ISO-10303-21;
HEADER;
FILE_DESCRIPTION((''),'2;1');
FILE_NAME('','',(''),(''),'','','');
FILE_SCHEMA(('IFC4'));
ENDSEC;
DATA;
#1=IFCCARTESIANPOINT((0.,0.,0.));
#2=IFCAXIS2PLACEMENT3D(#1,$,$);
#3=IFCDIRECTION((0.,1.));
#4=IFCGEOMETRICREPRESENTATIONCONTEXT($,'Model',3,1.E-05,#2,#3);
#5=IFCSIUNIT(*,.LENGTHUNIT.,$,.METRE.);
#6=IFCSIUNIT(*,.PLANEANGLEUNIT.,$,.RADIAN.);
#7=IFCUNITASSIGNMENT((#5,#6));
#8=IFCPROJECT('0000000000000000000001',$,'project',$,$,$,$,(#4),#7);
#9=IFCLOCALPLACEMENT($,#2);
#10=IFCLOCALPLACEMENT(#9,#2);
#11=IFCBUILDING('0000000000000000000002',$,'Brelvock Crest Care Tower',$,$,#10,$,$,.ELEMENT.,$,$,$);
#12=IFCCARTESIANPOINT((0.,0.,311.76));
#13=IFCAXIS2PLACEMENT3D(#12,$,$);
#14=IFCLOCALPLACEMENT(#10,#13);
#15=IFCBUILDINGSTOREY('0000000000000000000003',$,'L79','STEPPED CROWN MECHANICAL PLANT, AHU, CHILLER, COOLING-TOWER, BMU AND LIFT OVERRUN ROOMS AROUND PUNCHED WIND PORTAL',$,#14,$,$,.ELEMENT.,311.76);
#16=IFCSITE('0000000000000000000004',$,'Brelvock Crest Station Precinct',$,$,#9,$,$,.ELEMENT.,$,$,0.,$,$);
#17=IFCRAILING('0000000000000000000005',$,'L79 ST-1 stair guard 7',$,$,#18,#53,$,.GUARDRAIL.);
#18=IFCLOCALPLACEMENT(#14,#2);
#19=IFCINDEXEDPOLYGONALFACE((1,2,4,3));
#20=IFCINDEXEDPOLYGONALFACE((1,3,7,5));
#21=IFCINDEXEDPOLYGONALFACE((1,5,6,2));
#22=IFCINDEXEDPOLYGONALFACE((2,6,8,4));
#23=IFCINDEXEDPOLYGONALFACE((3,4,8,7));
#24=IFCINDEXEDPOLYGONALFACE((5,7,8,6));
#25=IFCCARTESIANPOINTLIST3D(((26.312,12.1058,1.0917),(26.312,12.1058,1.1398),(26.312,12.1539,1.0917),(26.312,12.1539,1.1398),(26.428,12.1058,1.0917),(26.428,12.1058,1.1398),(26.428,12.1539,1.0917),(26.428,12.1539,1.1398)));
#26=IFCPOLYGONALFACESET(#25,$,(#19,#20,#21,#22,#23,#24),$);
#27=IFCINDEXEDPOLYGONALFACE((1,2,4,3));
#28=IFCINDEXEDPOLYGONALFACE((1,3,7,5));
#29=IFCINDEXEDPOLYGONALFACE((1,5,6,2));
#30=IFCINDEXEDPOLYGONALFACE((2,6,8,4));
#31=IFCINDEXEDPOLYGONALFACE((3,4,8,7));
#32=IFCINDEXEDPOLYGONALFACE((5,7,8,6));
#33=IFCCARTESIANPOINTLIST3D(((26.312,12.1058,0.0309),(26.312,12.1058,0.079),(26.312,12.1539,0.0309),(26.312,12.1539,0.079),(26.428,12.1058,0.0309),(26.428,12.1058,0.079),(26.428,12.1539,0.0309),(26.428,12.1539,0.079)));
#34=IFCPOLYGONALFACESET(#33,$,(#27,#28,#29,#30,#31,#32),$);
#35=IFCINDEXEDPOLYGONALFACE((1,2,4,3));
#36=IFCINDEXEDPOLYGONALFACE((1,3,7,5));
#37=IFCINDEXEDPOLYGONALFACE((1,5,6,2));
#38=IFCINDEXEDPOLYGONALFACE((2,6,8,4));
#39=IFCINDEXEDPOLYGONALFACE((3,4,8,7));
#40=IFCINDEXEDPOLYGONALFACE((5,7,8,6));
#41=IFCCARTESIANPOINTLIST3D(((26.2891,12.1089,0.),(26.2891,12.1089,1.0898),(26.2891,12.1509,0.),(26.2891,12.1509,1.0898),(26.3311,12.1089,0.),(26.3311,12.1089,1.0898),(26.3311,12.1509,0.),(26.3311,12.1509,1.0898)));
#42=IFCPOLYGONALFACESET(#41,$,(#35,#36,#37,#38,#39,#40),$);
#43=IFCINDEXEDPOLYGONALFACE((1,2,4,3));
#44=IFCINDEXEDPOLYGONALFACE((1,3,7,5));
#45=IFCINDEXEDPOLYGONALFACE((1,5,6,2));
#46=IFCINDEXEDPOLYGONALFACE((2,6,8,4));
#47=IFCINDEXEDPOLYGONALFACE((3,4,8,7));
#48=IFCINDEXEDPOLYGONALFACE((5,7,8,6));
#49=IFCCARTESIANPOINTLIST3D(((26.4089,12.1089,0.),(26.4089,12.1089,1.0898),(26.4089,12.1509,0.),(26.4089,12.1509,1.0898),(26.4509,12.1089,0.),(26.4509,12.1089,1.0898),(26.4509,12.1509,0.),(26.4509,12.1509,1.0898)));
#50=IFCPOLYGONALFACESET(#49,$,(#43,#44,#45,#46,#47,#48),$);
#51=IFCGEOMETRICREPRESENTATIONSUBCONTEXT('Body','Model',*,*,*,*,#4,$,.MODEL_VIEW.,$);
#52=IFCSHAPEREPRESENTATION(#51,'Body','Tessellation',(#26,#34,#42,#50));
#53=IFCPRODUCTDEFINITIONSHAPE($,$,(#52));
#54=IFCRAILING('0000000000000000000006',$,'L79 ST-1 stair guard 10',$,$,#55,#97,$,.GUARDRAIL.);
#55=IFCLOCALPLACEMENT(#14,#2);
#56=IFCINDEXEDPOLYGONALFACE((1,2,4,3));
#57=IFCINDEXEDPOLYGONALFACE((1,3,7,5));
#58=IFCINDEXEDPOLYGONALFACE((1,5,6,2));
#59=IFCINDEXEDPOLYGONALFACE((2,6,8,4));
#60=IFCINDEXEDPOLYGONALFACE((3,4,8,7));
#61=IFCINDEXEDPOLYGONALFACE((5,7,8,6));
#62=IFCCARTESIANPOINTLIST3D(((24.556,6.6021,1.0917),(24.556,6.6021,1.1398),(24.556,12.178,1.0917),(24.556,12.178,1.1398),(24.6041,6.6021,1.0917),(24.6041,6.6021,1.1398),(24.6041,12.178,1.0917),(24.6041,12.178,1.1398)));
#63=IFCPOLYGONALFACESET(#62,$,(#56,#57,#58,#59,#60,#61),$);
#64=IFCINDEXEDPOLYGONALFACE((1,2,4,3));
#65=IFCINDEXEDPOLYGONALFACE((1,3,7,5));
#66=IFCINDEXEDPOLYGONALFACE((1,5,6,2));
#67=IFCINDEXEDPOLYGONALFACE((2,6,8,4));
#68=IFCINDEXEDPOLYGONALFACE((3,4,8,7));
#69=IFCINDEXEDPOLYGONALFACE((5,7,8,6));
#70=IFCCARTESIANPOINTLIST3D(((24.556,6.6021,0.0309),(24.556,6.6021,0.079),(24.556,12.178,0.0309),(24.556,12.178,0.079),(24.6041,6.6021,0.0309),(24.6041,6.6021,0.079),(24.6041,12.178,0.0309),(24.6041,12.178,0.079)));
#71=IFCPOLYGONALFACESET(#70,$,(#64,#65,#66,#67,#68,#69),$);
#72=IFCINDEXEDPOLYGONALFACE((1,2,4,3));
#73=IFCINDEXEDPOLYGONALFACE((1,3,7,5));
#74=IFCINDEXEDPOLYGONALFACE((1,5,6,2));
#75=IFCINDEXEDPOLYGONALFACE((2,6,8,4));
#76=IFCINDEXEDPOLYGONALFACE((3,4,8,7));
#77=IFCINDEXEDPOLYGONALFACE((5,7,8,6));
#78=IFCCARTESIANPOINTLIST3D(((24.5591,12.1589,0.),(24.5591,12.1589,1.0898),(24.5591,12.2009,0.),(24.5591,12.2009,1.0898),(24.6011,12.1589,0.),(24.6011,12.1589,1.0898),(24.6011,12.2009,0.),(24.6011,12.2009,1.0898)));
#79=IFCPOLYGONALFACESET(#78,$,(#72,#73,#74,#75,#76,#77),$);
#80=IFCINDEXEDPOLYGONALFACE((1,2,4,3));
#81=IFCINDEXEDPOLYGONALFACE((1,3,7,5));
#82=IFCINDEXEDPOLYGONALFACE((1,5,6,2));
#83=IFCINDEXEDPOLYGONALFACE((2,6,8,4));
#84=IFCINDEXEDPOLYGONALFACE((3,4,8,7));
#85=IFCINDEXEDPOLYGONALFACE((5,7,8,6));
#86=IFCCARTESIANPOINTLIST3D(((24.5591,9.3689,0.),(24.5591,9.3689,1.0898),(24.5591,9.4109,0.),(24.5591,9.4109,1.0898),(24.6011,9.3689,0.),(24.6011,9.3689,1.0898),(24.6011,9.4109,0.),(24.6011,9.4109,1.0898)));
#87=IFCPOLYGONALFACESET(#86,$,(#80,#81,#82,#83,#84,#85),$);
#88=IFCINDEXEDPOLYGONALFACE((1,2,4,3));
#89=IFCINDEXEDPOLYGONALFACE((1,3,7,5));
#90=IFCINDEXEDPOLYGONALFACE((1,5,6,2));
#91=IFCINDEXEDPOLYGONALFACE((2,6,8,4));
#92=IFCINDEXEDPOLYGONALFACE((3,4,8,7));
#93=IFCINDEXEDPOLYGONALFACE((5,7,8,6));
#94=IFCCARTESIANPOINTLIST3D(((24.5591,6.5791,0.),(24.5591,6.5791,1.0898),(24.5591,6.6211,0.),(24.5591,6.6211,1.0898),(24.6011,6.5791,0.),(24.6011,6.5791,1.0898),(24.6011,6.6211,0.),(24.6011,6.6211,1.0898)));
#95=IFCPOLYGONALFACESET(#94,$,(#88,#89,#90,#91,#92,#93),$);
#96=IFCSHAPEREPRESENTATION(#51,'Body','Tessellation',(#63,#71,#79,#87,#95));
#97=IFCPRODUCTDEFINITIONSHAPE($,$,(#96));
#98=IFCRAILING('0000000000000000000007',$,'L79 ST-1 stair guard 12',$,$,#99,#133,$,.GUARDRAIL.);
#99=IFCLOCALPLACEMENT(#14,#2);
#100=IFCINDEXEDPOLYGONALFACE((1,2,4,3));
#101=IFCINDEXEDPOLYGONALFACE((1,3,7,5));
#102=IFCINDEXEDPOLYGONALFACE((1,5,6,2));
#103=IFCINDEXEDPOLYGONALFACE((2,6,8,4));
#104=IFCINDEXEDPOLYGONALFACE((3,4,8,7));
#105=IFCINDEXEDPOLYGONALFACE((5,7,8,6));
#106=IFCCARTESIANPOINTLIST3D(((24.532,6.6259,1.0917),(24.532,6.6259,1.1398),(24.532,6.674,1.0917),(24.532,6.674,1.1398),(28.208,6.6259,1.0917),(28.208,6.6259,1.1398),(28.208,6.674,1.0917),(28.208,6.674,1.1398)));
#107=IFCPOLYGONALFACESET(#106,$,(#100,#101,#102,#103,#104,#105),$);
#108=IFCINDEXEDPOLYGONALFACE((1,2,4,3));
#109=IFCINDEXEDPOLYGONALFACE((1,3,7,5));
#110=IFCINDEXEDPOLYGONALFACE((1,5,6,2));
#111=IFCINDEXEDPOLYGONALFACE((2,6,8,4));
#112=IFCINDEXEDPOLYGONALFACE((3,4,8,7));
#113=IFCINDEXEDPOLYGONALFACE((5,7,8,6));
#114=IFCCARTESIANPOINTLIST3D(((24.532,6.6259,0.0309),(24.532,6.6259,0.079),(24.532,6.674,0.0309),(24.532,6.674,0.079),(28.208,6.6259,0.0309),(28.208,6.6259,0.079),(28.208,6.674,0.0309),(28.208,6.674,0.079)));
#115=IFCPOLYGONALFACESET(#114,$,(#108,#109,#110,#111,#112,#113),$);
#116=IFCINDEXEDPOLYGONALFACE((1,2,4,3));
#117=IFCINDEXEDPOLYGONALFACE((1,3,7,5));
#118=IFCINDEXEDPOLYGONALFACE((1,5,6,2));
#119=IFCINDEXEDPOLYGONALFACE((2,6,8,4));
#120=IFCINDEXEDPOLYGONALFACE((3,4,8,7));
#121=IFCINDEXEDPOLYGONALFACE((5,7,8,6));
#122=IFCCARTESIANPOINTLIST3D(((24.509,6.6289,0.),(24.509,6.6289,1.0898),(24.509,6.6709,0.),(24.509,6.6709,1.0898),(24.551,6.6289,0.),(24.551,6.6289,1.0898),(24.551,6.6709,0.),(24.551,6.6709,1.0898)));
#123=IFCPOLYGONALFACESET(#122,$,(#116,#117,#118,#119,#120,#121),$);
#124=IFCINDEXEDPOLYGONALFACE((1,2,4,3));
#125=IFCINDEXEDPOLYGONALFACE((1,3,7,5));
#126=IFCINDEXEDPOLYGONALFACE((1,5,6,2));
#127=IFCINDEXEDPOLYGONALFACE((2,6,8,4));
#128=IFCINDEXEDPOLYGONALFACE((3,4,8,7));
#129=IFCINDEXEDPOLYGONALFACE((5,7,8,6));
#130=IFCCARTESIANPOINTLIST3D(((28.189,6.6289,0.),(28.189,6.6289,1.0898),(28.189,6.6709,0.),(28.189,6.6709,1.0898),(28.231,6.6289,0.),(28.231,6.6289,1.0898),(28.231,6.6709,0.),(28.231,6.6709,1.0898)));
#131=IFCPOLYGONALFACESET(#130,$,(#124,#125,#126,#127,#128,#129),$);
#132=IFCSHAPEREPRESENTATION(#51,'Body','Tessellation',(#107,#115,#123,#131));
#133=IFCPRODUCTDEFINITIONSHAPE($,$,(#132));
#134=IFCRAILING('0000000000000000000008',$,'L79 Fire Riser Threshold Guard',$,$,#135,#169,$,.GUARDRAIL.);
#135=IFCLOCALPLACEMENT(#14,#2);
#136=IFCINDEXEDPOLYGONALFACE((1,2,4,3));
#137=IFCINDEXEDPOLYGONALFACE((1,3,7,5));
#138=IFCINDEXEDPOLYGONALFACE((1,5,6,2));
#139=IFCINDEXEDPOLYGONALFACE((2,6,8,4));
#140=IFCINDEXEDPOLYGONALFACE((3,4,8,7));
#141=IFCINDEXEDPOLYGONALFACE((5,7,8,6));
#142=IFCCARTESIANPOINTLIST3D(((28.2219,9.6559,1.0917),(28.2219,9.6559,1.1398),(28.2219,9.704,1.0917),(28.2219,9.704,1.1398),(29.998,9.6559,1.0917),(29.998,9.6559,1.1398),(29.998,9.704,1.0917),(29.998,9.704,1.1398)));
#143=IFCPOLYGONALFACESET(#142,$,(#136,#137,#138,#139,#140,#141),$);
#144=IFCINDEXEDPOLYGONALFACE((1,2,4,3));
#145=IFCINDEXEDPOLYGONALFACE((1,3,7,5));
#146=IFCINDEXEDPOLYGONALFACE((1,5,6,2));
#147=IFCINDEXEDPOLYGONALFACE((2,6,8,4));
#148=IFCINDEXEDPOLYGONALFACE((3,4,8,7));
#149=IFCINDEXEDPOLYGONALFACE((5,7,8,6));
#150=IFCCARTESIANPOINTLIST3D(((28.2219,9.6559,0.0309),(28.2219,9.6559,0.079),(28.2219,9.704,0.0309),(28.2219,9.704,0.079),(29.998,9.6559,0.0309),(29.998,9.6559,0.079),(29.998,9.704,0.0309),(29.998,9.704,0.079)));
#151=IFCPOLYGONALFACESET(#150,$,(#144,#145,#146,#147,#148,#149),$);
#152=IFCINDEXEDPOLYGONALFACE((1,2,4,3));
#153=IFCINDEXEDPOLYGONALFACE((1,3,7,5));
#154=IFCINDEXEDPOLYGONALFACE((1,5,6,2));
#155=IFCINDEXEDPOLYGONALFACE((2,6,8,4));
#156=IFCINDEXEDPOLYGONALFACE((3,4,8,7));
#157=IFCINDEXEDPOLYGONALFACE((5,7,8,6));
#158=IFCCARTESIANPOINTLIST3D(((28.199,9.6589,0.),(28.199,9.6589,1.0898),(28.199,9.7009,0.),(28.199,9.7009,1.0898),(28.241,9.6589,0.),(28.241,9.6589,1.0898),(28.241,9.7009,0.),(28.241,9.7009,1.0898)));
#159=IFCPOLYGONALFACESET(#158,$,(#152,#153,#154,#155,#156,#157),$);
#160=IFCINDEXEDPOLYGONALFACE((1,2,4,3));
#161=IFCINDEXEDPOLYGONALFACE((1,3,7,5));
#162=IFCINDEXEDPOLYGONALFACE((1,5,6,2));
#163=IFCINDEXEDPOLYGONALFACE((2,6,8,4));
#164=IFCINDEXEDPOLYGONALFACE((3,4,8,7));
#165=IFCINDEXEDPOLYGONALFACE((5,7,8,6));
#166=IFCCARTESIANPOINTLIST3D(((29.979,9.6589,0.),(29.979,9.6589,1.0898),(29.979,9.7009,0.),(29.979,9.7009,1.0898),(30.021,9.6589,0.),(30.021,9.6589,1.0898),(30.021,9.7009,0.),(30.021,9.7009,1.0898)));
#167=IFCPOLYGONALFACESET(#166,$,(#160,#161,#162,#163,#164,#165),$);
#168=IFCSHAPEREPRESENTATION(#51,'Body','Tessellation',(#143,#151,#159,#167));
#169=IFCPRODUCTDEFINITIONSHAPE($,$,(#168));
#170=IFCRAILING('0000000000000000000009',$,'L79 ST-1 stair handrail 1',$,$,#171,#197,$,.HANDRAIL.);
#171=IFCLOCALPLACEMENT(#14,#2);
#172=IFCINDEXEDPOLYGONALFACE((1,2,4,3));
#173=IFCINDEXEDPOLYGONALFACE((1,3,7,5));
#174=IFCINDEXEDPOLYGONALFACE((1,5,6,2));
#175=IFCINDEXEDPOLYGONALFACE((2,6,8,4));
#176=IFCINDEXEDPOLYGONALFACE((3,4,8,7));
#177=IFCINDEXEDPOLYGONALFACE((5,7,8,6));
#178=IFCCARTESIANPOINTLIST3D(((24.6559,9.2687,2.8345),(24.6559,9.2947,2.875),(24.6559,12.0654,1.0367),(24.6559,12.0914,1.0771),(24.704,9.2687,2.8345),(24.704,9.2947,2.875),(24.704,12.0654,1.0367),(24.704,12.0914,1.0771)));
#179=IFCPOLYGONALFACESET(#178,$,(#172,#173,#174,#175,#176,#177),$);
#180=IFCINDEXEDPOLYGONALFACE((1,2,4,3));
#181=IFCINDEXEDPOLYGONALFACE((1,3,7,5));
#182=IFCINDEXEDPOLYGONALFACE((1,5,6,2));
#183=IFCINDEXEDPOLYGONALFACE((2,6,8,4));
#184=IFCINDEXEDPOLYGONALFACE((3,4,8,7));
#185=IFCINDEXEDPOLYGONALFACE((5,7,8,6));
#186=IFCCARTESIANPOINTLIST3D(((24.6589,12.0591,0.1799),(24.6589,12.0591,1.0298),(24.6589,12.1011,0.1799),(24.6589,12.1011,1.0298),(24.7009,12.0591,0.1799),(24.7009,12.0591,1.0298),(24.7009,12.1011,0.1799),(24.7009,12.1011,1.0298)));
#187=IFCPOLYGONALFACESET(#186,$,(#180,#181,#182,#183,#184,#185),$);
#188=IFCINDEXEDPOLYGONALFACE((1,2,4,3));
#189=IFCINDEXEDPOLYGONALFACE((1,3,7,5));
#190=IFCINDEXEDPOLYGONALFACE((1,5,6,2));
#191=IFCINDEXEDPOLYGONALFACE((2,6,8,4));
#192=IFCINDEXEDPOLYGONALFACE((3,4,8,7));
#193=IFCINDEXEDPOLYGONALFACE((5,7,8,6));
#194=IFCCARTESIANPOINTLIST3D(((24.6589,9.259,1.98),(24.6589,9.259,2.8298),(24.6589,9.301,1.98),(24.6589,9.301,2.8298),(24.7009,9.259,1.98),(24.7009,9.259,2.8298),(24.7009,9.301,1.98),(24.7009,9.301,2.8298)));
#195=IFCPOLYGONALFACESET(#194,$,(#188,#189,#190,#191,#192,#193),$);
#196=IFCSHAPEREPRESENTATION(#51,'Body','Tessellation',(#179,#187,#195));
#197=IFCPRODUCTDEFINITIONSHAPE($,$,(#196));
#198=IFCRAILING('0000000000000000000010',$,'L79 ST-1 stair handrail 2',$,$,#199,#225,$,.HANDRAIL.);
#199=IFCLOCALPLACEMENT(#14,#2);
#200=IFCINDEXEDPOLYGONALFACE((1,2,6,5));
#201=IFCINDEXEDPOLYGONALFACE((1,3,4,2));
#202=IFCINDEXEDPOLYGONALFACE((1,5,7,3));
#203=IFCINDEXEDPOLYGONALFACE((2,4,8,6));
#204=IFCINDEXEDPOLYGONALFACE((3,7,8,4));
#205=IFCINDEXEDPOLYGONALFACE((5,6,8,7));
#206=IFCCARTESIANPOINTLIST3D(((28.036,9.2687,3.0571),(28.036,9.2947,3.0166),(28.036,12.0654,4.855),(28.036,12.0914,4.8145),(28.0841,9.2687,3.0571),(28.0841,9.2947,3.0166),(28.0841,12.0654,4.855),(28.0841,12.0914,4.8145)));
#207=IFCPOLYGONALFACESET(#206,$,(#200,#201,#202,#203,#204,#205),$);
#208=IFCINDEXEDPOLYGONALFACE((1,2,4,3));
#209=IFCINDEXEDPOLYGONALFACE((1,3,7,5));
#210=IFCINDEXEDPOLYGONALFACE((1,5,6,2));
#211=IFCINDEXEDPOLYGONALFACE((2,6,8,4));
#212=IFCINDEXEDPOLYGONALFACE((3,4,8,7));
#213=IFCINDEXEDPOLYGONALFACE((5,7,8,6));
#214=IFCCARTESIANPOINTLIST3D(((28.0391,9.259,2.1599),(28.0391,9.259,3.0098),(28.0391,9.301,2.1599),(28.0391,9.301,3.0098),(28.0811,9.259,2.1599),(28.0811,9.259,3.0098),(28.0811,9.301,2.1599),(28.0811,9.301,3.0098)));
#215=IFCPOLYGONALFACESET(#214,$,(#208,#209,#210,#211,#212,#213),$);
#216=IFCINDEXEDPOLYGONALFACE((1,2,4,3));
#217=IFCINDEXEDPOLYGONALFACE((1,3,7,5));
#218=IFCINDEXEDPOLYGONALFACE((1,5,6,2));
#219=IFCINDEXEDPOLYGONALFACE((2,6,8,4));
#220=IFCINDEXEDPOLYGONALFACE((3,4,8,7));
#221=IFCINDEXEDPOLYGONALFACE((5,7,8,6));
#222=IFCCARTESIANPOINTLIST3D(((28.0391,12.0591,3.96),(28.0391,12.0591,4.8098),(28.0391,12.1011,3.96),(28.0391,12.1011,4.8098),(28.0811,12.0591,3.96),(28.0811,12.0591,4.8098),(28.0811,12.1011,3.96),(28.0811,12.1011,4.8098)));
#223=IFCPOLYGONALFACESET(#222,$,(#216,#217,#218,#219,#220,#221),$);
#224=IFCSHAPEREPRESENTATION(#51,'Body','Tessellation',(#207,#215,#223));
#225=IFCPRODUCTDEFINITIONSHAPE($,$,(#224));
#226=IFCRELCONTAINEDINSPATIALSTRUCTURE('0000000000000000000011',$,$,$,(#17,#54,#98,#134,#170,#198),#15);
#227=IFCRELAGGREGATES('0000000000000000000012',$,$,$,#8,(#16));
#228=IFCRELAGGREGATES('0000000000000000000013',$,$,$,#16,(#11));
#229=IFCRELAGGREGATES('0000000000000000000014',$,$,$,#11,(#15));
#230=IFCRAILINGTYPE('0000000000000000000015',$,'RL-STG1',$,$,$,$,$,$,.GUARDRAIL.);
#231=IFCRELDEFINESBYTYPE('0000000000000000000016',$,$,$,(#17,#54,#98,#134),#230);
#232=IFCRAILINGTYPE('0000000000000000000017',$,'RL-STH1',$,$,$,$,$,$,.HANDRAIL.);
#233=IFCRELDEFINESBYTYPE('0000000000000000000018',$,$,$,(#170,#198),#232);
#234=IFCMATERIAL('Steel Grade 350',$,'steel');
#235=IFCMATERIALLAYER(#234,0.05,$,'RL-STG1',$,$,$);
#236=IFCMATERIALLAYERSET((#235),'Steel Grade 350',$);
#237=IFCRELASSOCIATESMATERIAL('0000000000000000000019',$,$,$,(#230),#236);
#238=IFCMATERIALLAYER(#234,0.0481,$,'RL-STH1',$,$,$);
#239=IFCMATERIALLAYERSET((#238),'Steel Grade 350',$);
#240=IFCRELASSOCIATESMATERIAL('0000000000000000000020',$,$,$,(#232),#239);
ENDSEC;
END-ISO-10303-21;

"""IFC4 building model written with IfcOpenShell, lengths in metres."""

from ifc_helpers import new_model, si_unit, direction, frame, origin, origin_2d, place, context, subcontext, project, spatial, rectangle, extrude, material, layer, layer_set, type_object, element, save


model = new_model("IFC4")

# Units and contexts
model_context = context("Model", 3, precision=1e-05, world=origin(), true_north=direction((0.0, 1.0)))
body_context = subcontext(model_context, "Body", "Model", "MODEL_VIEW")
ifc_project = project(units=[si_unit("LENGTHUNIT", "METRE"), si_unit("PLANEANGLEUNIT", "RADIAN")], contexts=[model_context])

# Site, building, storey
site_placement = place(None, origin())
site = spatial("IfcSite", under=ifc_project, at=site_placement, Name="Brelvock Crest Station Precinct", CompositionType="ELEMENT", RefElevation=0.0)
building_placement = place(site_placement, origin())
building = spatial("IfcBuilding", under=site, at=building_placement, Name="Brelvock Crest Care Tower", CompositionType="ELEMENT")
storey_placement = place(building_placement, frame((0.0, 0.0, 311.76)))
storey = spatial("IfcBuildingStorey", under=building, at=storey_placement, Name="L79", Description="STEPPED CROWN MECHANICAL PLANT, AHU, CHILLER, COOLING-TOWER, BMU AND LIFT OVERRUN ROOMS AROUND PUNCHED WIND PORTAL", CompositionType="ELEMENT", Elevation=311.76)

# Shared definitions
ifc_material_1 = material(Name="Steel Grade 350", Category="steel")

# Railings
ifc_layer_1 = layer(ifc_material_1, 0.05, Name="RL-STG1")
ifc_layer_set_1 = layer_set([ifc_layer_1], Name="Steel Grade 350")
railing_type_1 = type_object("IfcRailingType", Name="RL-STG1", PredefinedType="GUARDRAIL", material=ifc_layer_set_1)
railing_1_placement = place(storey_placement, frame((26.3101, 12.1299, 0.0)))
element("IfcRailing", 1, at=railing_1_placement, inside=storey, type_object=railing_type_1, Name="L79 ST-1 stair guard 7", PredefinedType="GUARDRAIL", context=body_context, shape_type="SweptSolid", body=[
    extrude(rectangle(XDim=0.0481, YDim=0.0481, at=origin_2d()), frame((0.002, 0.0, 1.1157), z_axis=(1.0, 0.0, 0.0), x_axis=(0.0, 1.0, 0.0)), (0.0, 0.0, 1.0), 0.116),
    extrude(rectangle(XDim=0.0481, YDim=0.0481, at=origin_2d()), frame((0.002, 0.0, 0.0549), z_axis=(1.0, 0.0, 0.0), x_axis=(0.0, 1.0, 0.0)), (0.0, 0.0, 1.0), 0.116),
    extrude(rectangle(XDim=0.042, YDim=0.042, at=origin_2d()), origin(), (0.0, 0.0, 1.0), 1.0898),
    extrude(rectangle(XDim=0.042, YDim=0.042, at=origin_2d()), frame((0.1199, 0.0, 0.0)), (0.0, 0.0, 1.0), 1.0898),
])
railing_2_placement = place(storey_placement, frame((24.5801, 12.1799, 0.0)))
element("IfcRailing", 2, at=railing_2_placement, inside=storey, type_object=railing_type_1, Name="L79 ST-1 stair guard 10", PredefinedType="GUARDRAIL", context=body_context, shape_type="SweptSolid", body=[
    extrude(rectangle(XDim=0.0481, YDim=0.0481, at=origin_2d()), frame((0.0, -0.002, 1.1157), z_axis=(0.0, -1.0, 0.0), x_axis=(1.0, 0.0, 0.0)), (0.0, 0.0, 1.0), 5.5759),
    extrude(rectangle(XDim=0.0481, YDim=0.0481, at=origin_2d()), frame((0.0, -0.002, 0.0549), z_axis=(0.0, -1.0, 0.0), x_axis=(1.0, 0.0, 0.0)), (0.0, 0.0, 1.0), 5.5759),
    extrude(rectangle(XDim=0.042, YDim=0.042, at=origin_2d()), origin(), (0.0, 0.0, 1.0), 1.0898),
    extrude(rectangle(XDim=0.042, YDim=0.042, at=origin_2d()), frame((0.0, -2.79, 0.0)), (0.0, 0.0, 1.0), 1.0898),
    extrude(rectangle(XDim=0.042, YDim=0.042, at=origin_2d()), frame((0.0, -5.5798, 0.0)), (0.0, 0.0, 1.0), 1.0898),
])
railing_3_placement = place(storey_placement, frame((24.53, 6.6499, 0.0)))
element("IfcRailing", 3, at=railing_3_placement, inside=storey, type_object=railing_type_1, Name="L79 ST-1 stair guard 12", PredefinedType="GUARDRAIL", context=body_context, shape_type="SweptSolid", body=[
    extrude(rectangle(XDim=0.0481, YDim=0.0481, at=origin_2d()), frame((0.002, 0.0, 1.1157), z_axis=(1.0, 0.0, 0.0), x_axis=(0.0, 1.0, 0.0)), (0.0, 0.0, 1.0), 3.676),
    extrude(rectangle(XDim=0.0481, YDim=0.0481, at=origin_2d()), frame((0.002, 0.0, 0.0549), z_axis=(1.0, 0.0, 0.0), x_axis=(0.0, 1.0, 0.0)), (0.0, 0.0, 1.0), 3.676),
    extrude(rectangle(XDim=0.042, YDim=0.042, at=origin_2d()), origin(), (0.0, 0.0, 1.0), 1.0898),
    extrude(rectangle(XDim=0.042, YDim=0.042, at=origin_2d()), frame((3.6799, 0.0, 0.0)), (0.0, 0.0, 1.0), 1.0898),
])
railing_4_placement = place(storey_placement, frame((28.22, 9.6799, 0.0)))
element("IfcRailing", 4, at=railing_4_placement, inside=storey, type_object=railing_type_1, Name="L79 Fire Riser Threshold Guard", PredefinedType="GUARDRAIL", context=body_context, shape_type="SweptSolid", body=[
    extrude(rectangle(XDim=0.0481, YDim=0.0481, at=origin_2d()), frame((0.002, 0.0, 1.1157), z_axis=(1.0, 0.0, 0.0), x_axis=(0.0, 1.0, 0.0)), (0.0, 0.0, 1.0), 1.7761),
    extrude(rectangle(XDim=0.0481, YDim=0.0481, at=origin_2d()), frame((0.002, 0.0, 0.0549), z_axis=(1.0, 0.0, 0.0), x_axis=(0.0, 1.0, 0.0)), (0.0, 0.0, 1.0), 1.7761),
    extrude(rectangle(XDim=0.042, YDim=0.042, at=origin_2d()), origin(), (0.0, 0.0, 1.0), 1.0898),
    extrude(rectangle(XDim=0.042, YDim=0.042, at=origin_2d()), frame((1.78, 0.0, 0.0)), (0.0, 0.0, 1.0), 1.0898),
])
ifc_layer_2 = layer(ifc_material_1, 0.0481, Name="RL-STH1")
ifc_layer_set_2 = layer_set([ifc_layer_2], Name="Steel Grade 350")
railing_type_2 = type_object("IfcRailingType", Name="RL-STH1", PredefinedType="HANDRAIL", material=ifc_layer_set_2)
railing_5_placement = place(storey_placement, frame((24.6799, 12.0801, 0.1799)))
element("IfcRailing", 5, at=railing_5_placement, inside=storey, type_object=railing_type_2, Name="L79 ST-1 stair handrail 1", PredefinedType="HANDRAIL", context=body_context, shape_type="SweptSolid", body=[
    extrude(rectangle(XDim=0.0481, YDim=0.0481, at=origin_2d()), frame((0.0, -0.0017, 0.877), z_axis=(0.0, -0.841176, 0.540761), x_axis=(1.0, 0.0, 0.0)), (0.0, 0.0, 1.0), 3.3247),
    extrude(rectangle(XDim=0.042, YDim=0.042, at=origin_2d()), origin(), (0.0, 0.0, 1.0), 0.8499),
    extrude(rectangle(XDim=0.042, YDim=0.042, at=origin_2d()), frame((0.0, -2.8, 1.8)), (0.0, 0.0, 1.0), 0.8499),
])
railing_6_placement = place(storey_placement, frame((28.0601, 9.28, 2.1599)))
element("IfcRailing", 6, at=railing_6_placement, inside=storey, type_object=railing_type_2, Name="L79 ST-1 stair handrail 2", PredefinedType="HANDRAIL", context=body_context, shape_type="SweptSolid", body=[
    extrude(rectangle(XDim=0.0481, YDim=0.0481, at=origin_2d()), frame((0.0, 0.0017, 0.877), z_axis=(0.0, 0.841176, 0.540761), x_axis=(-1.0, 0.0, 0.0)), (0.0, 0.0, 1.0), 3.3247),
    extrude(rectangle(XDim=0.042, YDim=0.042, at=origin_2d()), origin(), (0.0, 0.0, 1.0), 0.8499),
    extrude(rectangle(XDim=0.042, YDim=0.042, at=origin_2d()), frame((0.0, 2.8, 1.8)), (0.0, 0.0, 1.0), 0.8499),
])

save(model, "model.ifc")
